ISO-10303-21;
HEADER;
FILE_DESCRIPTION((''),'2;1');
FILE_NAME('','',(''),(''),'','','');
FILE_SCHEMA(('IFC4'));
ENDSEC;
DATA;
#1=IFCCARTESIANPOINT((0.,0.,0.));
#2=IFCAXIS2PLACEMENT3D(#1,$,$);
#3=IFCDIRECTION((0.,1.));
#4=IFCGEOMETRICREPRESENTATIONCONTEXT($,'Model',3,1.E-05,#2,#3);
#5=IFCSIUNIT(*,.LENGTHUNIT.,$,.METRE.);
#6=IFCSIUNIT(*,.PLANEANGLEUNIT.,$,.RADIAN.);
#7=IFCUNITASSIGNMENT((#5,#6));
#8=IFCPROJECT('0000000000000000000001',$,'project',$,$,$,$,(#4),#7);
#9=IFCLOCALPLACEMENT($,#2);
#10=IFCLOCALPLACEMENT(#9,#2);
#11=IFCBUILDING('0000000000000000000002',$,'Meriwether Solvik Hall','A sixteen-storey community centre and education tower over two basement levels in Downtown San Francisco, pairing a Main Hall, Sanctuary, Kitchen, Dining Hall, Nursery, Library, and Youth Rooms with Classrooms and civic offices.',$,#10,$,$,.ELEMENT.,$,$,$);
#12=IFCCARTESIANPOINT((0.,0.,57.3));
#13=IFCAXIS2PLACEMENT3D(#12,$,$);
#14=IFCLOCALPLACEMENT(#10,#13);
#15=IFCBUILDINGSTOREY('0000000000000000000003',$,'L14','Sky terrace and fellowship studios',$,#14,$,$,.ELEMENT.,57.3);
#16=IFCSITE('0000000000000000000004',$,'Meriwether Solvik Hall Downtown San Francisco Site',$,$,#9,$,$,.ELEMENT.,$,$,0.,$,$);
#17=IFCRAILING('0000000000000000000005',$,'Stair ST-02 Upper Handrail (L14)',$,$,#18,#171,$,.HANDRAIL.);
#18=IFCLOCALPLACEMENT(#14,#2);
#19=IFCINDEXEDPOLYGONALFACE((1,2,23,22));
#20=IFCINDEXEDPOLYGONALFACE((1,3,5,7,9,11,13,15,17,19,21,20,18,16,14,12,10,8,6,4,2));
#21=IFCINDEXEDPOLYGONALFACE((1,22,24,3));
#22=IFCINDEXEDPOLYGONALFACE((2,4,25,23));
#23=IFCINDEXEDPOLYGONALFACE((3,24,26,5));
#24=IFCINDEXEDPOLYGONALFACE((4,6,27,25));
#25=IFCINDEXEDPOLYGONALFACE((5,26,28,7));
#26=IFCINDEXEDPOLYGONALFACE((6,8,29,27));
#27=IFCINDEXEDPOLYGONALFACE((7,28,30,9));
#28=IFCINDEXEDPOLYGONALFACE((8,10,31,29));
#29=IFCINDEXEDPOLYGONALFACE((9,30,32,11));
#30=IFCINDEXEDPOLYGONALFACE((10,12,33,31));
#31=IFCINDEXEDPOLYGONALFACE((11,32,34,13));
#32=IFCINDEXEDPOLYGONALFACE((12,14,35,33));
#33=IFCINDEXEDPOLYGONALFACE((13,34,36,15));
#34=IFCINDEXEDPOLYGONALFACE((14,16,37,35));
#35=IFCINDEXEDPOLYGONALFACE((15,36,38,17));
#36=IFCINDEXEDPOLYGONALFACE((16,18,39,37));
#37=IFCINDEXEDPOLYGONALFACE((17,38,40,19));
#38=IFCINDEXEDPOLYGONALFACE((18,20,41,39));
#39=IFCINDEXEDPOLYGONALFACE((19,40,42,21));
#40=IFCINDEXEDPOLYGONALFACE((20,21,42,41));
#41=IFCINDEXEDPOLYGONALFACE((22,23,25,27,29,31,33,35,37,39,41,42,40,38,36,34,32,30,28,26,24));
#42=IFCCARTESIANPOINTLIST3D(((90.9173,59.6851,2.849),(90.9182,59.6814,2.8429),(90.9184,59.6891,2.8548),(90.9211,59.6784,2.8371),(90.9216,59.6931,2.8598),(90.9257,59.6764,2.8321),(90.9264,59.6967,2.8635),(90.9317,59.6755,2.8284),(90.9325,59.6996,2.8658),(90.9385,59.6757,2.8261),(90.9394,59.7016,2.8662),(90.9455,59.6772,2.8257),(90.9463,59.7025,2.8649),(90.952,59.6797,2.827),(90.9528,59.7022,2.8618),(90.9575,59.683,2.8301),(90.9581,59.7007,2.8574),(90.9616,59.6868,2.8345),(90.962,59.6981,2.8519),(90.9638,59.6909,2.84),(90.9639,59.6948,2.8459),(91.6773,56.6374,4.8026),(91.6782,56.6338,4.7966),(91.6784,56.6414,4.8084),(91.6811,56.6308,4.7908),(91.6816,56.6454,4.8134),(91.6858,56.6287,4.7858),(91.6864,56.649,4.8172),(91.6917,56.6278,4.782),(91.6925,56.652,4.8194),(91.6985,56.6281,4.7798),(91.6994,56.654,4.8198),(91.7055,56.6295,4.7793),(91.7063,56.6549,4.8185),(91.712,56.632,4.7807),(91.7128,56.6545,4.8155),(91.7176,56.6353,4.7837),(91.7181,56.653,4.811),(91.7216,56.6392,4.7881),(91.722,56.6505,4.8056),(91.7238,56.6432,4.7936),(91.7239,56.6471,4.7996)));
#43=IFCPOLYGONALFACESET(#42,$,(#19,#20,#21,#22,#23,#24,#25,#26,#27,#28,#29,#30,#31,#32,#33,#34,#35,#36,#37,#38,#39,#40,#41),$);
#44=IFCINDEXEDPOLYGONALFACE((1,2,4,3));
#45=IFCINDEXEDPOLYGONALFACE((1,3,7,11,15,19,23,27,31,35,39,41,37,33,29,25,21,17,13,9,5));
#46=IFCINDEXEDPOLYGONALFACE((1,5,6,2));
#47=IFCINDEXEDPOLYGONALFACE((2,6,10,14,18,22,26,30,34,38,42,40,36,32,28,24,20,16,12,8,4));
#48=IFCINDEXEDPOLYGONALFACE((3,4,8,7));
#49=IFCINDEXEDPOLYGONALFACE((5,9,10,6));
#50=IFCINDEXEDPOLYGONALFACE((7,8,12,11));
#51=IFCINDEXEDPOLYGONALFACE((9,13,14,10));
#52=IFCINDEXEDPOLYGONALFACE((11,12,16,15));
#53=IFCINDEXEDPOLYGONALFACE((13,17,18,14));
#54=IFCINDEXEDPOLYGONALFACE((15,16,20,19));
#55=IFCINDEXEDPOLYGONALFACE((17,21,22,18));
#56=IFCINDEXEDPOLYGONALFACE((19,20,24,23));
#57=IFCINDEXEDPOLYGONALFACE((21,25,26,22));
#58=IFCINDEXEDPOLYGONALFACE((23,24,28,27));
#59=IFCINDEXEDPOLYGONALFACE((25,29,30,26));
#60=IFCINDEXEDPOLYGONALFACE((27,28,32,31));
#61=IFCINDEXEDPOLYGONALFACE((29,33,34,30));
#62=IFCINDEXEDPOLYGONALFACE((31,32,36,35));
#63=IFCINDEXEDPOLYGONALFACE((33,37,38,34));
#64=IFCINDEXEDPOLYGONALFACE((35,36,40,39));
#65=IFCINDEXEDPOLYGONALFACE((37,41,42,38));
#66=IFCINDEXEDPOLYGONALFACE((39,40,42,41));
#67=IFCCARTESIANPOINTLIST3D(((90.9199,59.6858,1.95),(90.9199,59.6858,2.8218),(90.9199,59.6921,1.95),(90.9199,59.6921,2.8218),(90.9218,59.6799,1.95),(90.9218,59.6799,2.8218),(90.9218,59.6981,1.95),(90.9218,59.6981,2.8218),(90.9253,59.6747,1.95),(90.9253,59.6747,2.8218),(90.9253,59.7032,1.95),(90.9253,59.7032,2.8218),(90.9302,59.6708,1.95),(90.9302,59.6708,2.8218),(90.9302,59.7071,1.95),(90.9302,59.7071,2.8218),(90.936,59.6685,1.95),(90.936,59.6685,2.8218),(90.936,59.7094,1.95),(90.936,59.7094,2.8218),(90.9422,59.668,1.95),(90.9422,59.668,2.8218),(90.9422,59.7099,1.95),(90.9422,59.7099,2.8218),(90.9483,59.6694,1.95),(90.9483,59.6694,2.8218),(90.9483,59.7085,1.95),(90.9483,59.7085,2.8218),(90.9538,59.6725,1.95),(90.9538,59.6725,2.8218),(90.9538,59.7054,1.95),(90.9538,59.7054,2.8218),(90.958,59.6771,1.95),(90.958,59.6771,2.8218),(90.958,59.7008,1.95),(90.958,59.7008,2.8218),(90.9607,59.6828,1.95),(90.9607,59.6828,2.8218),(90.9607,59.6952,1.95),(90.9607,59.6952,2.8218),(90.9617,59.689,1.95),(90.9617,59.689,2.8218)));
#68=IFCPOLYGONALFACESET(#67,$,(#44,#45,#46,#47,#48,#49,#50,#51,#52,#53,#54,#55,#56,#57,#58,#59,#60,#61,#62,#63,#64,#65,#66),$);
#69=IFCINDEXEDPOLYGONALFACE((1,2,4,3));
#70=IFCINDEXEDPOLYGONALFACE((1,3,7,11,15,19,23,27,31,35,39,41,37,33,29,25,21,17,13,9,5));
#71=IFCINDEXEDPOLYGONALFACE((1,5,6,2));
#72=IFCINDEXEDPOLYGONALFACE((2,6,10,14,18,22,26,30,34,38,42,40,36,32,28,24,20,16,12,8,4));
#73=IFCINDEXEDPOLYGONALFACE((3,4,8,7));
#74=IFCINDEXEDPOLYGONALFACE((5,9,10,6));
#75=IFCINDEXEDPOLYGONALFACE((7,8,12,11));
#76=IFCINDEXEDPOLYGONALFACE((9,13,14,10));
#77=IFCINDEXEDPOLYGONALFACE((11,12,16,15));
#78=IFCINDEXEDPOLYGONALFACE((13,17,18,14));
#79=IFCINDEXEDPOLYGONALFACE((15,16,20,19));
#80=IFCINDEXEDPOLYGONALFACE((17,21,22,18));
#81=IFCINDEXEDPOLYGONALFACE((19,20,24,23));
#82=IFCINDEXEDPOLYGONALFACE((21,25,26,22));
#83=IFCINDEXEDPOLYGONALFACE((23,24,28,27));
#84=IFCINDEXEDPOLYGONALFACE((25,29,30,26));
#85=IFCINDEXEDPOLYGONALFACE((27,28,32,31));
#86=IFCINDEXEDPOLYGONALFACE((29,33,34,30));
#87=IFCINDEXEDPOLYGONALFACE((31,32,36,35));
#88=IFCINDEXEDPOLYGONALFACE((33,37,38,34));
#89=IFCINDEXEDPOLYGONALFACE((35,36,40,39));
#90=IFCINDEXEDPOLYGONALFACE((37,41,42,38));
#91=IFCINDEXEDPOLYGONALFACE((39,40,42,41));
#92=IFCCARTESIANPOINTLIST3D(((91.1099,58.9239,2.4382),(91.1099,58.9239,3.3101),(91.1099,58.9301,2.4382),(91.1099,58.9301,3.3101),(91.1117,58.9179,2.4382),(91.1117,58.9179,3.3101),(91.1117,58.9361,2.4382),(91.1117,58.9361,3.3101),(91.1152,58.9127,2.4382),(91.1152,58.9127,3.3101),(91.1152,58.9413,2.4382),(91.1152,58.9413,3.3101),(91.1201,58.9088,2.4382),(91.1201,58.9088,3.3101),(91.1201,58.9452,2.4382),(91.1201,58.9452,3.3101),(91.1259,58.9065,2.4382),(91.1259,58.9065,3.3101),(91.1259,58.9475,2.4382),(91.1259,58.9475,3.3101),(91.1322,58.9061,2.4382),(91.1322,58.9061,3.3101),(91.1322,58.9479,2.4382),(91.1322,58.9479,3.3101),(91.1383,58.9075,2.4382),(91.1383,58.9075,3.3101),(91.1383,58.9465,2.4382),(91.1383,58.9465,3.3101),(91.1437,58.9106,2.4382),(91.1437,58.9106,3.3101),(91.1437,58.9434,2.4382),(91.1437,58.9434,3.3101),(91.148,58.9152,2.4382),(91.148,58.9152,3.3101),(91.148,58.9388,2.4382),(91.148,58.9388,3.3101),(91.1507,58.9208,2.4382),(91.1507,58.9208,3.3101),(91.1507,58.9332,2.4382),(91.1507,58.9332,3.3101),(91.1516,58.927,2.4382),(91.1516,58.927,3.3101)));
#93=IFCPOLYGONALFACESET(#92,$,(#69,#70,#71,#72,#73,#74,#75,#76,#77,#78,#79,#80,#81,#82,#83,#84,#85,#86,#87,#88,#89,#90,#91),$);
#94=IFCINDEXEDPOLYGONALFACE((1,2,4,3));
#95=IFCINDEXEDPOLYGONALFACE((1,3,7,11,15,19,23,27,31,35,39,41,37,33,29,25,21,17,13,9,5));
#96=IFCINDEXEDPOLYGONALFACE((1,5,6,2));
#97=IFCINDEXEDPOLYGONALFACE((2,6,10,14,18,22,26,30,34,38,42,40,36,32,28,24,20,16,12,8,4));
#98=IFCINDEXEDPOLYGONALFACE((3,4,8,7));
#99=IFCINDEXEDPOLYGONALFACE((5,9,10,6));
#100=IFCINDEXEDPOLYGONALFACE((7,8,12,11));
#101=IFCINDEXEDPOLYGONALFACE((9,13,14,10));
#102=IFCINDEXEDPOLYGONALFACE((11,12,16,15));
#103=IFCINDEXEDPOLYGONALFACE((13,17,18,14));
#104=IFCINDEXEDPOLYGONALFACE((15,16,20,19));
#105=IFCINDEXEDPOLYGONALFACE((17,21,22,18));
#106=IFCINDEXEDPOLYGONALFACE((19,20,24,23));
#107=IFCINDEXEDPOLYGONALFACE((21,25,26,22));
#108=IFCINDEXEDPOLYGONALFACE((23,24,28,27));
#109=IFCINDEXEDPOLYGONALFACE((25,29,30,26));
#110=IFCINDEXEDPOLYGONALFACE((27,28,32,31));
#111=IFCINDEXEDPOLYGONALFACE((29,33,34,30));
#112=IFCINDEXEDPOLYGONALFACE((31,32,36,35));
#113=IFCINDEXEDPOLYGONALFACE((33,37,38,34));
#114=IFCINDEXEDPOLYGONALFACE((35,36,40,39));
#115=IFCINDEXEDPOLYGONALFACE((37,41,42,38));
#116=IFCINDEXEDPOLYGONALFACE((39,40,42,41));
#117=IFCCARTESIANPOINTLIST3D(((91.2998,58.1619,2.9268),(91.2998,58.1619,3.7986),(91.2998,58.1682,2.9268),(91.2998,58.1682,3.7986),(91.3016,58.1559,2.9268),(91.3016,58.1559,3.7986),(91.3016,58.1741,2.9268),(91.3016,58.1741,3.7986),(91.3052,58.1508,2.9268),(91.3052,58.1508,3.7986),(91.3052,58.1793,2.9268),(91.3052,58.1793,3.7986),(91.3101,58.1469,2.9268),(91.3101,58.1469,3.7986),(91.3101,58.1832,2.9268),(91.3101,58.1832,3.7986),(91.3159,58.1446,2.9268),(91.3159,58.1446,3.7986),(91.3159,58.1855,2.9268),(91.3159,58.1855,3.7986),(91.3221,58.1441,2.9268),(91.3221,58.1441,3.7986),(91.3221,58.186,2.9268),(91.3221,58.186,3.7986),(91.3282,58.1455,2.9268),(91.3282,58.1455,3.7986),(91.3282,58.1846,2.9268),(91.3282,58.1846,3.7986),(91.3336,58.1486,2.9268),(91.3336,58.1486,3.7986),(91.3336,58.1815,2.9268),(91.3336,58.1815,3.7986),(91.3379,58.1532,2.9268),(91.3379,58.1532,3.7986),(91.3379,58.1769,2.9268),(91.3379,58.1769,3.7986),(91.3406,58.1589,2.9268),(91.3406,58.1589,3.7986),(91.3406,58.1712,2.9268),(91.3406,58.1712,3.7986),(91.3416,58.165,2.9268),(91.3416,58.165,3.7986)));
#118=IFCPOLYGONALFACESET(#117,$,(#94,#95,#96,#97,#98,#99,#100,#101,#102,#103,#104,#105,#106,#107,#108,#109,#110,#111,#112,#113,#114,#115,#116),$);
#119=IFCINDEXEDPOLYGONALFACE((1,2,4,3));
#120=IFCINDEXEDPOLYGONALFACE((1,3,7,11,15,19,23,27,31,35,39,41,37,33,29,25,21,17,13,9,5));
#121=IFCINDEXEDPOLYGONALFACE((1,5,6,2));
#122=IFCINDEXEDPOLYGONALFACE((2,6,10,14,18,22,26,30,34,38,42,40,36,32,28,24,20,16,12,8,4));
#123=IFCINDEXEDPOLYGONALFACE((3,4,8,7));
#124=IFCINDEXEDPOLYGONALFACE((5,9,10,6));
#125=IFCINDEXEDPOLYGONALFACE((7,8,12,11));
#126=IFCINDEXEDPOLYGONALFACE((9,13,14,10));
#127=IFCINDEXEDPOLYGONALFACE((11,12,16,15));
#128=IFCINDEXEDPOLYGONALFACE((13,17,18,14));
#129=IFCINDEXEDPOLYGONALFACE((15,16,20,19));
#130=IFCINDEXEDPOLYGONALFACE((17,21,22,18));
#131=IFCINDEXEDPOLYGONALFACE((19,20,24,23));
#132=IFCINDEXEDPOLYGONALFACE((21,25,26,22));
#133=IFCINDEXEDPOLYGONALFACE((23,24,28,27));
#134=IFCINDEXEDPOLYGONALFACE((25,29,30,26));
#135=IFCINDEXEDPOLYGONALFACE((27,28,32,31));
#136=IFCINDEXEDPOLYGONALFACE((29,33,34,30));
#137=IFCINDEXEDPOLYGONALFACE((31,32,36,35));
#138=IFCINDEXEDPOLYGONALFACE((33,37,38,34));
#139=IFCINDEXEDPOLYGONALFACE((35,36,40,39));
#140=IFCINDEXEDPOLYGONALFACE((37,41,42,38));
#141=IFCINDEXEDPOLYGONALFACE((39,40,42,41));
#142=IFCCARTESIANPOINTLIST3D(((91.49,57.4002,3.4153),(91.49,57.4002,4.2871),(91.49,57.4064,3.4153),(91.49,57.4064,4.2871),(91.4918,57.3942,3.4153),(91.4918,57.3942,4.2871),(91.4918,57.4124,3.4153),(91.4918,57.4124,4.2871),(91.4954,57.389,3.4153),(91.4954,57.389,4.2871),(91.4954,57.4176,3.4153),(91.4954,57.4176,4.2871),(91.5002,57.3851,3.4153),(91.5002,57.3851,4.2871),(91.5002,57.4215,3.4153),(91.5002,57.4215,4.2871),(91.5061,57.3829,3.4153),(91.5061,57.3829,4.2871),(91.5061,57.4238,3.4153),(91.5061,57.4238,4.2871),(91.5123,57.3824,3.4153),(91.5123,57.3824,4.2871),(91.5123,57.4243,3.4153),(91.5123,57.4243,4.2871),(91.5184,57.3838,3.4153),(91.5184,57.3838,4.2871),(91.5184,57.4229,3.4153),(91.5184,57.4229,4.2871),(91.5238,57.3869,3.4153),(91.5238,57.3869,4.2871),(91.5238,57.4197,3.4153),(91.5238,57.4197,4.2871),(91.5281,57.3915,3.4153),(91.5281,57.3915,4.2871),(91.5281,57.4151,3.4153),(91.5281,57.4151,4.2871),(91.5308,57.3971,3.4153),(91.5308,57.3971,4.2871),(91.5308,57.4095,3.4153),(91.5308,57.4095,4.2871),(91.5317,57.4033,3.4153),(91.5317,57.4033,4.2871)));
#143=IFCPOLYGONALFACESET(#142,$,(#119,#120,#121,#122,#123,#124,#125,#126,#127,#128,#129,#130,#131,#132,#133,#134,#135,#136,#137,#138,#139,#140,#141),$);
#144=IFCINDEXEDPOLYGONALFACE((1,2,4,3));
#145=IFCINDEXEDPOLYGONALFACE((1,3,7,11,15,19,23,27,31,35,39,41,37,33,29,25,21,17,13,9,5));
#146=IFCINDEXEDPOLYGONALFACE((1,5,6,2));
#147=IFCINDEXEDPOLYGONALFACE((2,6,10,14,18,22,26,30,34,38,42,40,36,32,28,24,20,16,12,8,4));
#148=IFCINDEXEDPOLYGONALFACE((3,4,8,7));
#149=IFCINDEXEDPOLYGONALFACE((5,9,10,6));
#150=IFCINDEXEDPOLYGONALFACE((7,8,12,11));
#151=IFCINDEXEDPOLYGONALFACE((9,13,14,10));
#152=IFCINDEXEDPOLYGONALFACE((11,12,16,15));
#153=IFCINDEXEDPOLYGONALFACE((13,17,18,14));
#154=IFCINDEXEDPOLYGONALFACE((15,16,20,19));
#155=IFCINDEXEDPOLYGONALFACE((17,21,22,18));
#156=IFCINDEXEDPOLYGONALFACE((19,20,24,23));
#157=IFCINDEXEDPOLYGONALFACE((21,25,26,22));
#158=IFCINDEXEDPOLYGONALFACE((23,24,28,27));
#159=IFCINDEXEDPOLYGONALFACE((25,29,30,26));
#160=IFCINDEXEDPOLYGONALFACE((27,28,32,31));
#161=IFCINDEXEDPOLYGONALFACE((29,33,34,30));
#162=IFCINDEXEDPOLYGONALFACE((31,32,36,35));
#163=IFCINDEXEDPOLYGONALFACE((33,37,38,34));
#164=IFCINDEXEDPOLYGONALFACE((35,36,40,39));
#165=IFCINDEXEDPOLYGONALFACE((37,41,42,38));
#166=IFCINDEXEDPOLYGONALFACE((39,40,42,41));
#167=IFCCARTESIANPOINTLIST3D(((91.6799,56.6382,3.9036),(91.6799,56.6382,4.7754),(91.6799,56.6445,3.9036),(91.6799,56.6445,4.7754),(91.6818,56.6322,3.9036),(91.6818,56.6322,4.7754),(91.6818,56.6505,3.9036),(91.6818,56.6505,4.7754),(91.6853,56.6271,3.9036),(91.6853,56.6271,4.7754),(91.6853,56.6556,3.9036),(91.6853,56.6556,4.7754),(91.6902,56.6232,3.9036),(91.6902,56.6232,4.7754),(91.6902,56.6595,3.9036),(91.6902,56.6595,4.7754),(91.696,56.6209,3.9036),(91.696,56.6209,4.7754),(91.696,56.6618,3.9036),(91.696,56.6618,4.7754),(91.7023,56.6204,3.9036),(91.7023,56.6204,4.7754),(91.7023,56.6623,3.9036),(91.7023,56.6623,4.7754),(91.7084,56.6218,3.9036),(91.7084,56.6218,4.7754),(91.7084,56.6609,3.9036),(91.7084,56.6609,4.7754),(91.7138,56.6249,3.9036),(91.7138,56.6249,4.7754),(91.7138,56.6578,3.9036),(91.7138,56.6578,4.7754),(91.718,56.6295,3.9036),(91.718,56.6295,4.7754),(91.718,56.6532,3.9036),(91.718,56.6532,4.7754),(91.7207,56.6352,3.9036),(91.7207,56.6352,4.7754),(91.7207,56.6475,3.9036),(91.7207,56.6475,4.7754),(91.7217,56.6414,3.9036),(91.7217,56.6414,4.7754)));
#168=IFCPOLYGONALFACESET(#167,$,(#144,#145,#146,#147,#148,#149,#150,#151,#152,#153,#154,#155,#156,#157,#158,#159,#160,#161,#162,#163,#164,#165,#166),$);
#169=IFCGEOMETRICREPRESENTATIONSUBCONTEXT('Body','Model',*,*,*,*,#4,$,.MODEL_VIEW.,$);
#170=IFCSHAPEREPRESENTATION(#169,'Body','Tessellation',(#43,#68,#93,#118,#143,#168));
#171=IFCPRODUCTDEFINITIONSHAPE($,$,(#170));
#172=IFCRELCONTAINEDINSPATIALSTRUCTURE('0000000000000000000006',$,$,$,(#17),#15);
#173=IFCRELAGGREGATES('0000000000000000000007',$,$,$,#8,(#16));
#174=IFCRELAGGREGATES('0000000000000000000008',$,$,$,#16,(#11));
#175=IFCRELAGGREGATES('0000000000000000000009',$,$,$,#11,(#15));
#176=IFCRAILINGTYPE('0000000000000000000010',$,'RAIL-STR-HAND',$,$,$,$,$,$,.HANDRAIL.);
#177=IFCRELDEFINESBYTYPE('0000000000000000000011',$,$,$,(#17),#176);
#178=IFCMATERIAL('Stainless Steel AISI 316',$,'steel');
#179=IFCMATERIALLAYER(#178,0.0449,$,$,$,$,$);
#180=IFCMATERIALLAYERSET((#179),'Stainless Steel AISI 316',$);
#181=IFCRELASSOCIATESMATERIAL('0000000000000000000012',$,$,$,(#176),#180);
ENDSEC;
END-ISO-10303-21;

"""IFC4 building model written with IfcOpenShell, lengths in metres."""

from ifc_helpers import new_model, si_unit, direction, frame, origin, origin_2d, place, context, subcontext, project, spatial, circle, extrude, material, layer, layer_set, type_object, element, save


model = new_model("IFC4")

# Units and contexts
model_context = context("Model", 3, precision=1e-05, world=origin(), true_north=direction((0.0, 1.0)))
body_context = subcontext(model_context, "Body", "Model", "MODEL_VIEW")
ifc_project = project(units=[si_unit("LENGTHUNIT", "METRE"), si_unit("PLANEANGLEUNIT", "RADIAN")], contexts=[model_context])

# Site, building, storey
site_placement = place(None, origin())
site = spatial("IfcSite", under=ifc_project, at=site_placement, Name="Meriwether Solvik Hall Downtown San Francisco Site", CompositionType="ELEMENT", RefElevation=0.0)
building_placement = place(site_placement, origin())
building = spatial("IfcBuilding", under=site, at=building_placement, Name="Meriwether Solvik Hall", Description="A sixteen-storey community centre and education tower over two basement levels in Downtown San Francisco, pairing a Main Hall, Sanctuary, Kitchen, Dining Hall, Nursery, Library, and Youth Rooms with Classrooms and civic offices.", CompositionType="ELEMENT")
storey_placement = place(building_placement, frame((0.0, 0.0, 57.3)))
storey = spatial("IfcBuildingStorey", under=building, at=storey_placement, Name="L14", Description="Sky terrace and fellowship studios", CompositionType="ELEMENT", Elevation=57.3)

# Railing
ifc_material_1 = material(Name="Stainless Steel AISI 316", Category="steel")
ifc_layer_1 = layer(ifc_material_1, 0.0449)
ifc_layer_set_1 = layer_set([ifc_layer_1], Name="Stainless Steel AISI 316")
railing_type = type_object("IfcRailingType", Name="RAIL-STR-HAND", PredefinedType="HANDRAIL", material=ifc_layer_set_1)
railing_placement = place(storey_placement, frame((90.9407, 59.689, 1.95)))
element("IfcRailing", 1, at=railing_placement, inside=storey, type_object=railing_type, Name="Stair ST-02 Upper Handrail (L14)", PredefinedType="HANDRAIL", context=body_context, shape_type="SweptSolid", body=[
    extrude(circle(Radius=0.0239, at=origin_2d()), frame((0.0, 0.0, 0.896), z_axis=(0.205467, -0.823915, 0.528155), x_axis=(0.970284, 0.241969, 0.0)), (0.0, 0.0, 1.0), 3.699),
    extrude(circle(Radius=0.021, at=origin_2d()), origin(), (0.0, 0.0, 1.0), 0.8718),
    extrude(circle(Radius=0.021, at=origin_2d()), frame((0.1899, -0.762, 0.4883)), (0.0, 0.0, 1.0), 0.8718),
    extrude(circle(Radius=0.021, at=origin_2d()), frame((0.3799, -1.5239, 0.9768)), (0.0, 0.0, 1.0), 0.8718),
    extrude(circle(Radius=0.021, at=origin_2d()), frame((0.5701, -2.2856, 1.4653)), (0.0, 0.0, 1.0), 0.8718),
    extrude(circle(Radius=0.021, at=origin_2d()), frame((0.76, -3.0476, 1.9536)), (0.0, 0.0, 1.0), 0.8718),
])

save(model, "model.ifc")
